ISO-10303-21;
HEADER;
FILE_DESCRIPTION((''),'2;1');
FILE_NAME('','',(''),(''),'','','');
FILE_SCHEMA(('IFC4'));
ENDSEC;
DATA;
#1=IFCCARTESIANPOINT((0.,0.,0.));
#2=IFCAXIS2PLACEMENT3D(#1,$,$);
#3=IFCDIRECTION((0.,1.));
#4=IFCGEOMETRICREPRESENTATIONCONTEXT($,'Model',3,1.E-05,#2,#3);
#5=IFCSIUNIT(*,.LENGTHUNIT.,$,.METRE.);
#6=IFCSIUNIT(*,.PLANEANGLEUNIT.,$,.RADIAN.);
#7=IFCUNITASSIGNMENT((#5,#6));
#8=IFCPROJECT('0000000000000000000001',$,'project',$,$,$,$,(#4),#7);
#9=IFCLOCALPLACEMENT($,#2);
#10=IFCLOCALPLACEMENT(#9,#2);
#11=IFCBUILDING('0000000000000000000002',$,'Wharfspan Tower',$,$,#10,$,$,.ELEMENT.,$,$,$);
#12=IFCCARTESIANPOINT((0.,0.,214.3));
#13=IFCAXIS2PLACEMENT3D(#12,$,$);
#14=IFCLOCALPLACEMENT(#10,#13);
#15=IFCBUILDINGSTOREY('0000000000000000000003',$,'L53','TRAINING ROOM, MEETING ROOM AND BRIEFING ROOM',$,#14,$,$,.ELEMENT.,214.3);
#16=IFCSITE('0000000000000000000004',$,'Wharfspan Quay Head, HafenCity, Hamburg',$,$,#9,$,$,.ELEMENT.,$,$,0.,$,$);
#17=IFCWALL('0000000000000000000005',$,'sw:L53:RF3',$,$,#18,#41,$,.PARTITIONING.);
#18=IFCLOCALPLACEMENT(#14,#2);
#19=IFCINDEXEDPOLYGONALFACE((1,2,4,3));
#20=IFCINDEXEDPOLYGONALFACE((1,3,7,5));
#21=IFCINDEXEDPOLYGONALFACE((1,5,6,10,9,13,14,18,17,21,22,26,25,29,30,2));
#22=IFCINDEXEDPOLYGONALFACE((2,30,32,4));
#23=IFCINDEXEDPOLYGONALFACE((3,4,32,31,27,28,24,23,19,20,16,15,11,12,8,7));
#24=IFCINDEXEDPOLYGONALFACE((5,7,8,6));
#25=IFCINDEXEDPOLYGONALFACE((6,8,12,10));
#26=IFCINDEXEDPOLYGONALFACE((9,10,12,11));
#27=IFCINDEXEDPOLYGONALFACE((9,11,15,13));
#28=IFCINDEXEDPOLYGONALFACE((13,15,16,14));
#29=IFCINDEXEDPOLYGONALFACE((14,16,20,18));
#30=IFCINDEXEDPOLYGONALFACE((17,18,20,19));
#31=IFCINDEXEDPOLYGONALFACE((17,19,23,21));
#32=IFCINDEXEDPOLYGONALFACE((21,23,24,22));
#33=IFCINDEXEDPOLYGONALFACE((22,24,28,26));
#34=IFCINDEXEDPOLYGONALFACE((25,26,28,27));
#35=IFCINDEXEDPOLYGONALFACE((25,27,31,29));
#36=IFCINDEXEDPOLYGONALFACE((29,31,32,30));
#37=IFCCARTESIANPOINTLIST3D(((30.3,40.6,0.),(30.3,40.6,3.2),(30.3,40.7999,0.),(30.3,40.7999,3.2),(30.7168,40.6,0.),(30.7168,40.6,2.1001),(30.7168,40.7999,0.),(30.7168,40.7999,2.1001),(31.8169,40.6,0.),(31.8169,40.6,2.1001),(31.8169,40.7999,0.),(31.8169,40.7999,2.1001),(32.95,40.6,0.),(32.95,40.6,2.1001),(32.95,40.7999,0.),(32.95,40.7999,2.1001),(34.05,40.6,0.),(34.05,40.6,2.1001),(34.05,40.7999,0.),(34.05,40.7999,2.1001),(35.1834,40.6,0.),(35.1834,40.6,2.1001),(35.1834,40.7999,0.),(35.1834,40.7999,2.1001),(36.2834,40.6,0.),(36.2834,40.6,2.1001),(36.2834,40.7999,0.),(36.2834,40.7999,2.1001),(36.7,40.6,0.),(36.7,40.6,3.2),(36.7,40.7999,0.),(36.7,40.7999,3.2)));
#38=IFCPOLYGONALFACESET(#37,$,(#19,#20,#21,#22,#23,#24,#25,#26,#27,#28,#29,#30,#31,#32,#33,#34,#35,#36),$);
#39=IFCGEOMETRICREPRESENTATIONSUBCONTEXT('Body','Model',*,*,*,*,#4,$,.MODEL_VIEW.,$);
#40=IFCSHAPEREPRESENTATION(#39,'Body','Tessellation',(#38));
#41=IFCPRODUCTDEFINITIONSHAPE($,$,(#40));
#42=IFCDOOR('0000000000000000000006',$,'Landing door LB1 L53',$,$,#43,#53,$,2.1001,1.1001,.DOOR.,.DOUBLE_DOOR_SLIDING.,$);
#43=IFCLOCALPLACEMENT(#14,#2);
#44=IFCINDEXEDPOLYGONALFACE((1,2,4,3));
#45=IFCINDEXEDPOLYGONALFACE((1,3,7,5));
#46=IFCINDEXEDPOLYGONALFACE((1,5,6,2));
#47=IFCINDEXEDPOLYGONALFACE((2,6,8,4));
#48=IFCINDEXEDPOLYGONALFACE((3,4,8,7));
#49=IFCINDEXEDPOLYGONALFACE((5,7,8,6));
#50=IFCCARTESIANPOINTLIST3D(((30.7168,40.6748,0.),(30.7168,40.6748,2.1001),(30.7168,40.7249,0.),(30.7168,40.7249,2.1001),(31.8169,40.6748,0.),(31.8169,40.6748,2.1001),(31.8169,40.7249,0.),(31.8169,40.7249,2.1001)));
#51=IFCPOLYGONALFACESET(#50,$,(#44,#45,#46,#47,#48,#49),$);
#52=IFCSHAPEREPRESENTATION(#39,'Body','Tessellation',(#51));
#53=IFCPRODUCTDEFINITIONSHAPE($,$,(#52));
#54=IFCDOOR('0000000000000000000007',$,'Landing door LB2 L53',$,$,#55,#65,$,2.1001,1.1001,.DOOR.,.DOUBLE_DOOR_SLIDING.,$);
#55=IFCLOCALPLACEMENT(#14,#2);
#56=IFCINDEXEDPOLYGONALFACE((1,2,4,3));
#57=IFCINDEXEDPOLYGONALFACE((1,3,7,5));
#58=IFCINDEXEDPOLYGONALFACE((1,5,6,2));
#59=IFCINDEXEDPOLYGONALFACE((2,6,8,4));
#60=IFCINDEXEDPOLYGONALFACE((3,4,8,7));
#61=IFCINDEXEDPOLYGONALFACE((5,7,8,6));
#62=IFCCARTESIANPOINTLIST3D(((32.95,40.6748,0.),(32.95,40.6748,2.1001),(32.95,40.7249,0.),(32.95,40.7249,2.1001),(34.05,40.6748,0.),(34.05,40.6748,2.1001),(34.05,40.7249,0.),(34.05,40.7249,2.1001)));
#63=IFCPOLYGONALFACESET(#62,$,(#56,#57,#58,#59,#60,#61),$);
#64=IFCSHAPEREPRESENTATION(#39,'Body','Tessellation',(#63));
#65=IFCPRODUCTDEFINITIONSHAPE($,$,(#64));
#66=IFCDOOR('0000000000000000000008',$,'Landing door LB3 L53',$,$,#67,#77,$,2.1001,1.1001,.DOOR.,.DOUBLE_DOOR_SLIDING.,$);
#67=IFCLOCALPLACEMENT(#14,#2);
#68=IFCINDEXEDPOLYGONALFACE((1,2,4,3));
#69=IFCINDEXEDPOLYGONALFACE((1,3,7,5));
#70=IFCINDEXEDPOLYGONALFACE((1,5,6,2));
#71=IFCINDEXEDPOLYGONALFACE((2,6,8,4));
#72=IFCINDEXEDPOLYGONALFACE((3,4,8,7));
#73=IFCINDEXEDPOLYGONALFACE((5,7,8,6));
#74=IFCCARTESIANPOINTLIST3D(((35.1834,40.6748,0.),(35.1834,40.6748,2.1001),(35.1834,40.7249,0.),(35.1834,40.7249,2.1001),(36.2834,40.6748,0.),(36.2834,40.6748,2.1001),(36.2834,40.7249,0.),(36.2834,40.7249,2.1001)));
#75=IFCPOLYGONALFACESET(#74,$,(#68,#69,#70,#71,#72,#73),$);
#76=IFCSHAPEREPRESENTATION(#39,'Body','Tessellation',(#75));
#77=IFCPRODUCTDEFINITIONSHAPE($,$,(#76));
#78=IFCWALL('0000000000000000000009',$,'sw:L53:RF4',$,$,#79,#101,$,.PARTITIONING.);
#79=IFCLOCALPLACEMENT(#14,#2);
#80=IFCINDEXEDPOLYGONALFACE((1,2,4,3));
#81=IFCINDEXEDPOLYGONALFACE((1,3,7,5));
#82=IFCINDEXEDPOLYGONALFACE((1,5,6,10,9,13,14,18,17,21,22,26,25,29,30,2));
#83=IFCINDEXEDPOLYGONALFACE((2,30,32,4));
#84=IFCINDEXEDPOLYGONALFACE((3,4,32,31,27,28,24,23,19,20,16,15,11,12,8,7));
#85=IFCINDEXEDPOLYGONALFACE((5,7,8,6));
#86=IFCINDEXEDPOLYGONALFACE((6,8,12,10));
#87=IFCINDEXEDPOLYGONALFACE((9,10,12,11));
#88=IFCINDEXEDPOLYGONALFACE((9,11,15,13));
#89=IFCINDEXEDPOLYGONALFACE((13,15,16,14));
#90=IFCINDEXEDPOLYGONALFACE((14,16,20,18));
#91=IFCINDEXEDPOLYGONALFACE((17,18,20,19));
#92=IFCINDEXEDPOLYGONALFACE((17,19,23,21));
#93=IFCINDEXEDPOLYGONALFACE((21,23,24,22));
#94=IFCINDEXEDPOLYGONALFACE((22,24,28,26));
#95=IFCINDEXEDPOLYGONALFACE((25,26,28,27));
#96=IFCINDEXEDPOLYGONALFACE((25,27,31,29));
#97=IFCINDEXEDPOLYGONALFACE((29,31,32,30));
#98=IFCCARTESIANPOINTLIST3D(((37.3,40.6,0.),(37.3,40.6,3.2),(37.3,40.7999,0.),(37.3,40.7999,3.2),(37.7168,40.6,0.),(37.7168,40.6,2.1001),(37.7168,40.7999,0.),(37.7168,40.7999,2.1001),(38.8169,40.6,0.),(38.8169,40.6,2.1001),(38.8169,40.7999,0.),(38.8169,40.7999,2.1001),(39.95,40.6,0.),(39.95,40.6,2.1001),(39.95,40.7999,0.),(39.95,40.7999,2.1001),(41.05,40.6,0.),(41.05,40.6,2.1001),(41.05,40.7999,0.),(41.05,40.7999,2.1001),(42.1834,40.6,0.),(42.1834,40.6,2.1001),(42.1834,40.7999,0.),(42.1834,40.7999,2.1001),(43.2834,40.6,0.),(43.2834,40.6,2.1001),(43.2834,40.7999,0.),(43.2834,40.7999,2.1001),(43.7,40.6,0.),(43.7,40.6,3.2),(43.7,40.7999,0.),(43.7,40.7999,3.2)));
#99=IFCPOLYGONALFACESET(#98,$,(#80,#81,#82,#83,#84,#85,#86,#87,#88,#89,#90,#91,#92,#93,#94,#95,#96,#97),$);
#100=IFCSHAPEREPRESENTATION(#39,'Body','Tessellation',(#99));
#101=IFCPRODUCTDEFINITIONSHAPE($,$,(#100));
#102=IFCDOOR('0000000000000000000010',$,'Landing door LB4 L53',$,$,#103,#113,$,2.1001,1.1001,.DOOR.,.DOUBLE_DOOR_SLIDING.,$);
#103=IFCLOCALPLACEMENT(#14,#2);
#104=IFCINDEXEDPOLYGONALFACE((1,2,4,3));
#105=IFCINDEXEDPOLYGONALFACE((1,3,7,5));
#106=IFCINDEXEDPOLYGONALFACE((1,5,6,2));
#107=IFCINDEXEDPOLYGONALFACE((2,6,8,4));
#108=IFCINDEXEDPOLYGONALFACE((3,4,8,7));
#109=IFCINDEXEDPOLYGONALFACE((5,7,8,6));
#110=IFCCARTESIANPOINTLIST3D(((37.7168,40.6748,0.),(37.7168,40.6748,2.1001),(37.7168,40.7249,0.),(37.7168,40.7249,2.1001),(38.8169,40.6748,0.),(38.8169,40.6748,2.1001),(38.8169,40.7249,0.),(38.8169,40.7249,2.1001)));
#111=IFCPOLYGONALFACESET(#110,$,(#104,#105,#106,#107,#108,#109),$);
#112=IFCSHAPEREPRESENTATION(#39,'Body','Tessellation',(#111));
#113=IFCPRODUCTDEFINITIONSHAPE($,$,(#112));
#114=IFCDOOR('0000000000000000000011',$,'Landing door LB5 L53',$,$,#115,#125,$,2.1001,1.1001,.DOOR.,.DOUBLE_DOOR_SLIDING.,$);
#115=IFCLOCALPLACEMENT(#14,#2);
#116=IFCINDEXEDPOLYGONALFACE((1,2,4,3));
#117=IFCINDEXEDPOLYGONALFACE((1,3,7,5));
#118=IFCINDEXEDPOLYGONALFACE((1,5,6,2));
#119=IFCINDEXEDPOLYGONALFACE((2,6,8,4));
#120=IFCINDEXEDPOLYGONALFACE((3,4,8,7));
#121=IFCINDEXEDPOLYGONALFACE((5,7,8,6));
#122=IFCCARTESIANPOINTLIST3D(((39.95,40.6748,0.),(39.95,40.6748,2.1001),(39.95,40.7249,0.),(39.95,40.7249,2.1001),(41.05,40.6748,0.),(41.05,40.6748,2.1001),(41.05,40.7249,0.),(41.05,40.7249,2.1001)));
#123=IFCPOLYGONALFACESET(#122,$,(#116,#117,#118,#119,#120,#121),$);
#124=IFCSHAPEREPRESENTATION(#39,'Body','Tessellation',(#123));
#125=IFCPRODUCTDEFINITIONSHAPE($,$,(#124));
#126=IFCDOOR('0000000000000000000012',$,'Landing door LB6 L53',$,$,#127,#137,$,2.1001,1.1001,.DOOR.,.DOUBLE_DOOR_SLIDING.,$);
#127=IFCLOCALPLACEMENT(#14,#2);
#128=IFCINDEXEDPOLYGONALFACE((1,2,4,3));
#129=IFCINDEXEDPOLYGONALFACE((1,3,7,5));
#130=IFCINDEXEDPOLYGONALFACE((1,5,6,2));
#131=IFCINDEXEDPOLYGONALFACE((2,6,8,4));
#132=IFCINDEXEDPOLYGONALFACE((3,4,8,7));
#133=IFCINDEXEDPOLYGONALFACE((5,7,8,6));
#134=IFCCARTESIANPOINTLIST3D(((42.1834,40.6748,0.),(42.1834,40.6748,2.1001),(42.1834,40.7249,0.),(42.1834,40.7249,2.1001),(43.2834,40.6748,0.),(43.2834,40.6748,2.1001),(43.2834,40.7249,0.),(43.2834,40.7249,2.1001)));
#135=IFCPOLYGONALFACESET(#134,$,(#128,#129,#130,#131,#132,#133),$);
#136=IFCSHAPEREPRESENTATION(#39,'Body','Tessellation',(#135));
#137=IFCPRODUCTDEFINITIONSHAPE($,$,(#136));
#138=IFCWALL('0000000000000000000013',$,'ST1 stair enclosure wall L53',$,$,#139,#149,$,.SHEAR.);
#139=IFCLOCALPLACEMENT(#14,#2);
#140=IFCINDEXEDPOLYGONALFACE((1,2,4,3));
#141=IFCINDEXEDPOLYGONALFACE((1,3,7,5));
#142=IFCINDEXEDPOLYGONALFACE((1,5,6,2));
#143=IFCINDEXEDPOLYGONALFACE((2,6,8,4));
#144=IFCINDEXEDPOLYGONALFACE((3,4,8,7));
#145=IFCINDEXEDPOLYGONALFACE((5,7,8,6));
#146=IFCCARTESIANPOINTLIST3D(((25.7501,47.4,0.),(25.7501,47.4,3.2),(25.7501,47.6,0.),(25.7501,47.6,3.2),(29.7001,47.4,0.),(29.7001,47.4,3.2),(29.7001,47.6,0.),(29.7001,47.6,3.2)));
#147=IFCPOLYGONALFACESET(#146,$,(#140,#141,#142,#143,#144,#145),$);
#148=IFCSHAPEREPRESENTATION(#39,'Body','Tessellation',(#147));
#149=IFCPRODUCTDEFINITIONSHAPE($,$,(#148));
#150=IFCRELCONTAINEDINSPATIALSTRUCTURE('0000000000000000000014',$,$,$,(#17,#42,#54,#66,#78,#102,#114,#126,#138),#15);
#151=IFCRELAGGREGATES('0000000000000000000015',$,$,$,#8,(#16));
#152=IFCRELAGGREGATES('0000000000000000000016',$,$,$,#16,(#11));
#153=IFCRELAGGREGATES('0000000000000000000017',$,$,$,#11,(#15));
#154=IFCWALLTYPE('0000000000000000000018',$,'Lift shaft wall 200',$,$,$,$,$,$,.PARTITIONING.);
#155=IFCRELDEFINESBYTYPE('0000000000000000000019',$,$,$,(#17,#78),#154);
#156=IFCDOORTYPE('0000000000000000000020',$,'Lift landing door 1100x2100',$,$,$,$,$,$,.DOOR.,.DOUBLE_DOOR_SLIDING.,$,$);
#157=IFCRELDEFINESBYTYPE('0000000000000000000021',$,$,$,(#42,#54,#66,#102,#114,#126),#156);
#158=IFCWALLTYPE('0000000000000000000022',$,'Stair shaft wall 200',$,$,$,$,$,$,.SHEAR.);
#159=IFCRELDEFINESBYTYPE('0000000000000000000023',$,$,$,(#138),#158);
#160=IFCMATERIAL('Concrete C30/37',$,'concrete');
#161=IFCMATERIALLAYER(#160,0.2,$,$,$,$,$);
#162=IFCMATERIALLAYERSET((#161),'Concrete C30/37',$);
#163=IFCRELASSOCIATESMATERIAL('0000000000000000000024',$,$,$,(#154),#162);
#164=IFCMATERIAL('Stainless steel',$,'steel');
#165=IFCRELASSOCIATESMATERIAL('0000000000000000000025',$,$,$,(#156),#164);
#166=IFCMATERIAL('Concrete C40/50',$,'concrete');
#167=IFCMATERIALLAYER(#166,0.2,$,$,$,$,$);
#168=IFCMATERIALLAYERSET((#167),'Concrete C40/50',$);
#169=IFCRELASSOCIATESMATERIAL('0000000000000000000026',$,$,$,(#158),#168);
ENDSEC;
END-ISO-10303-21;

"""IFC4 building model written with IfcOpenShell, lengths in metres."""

from ifc_helpers import new_model, si_unit, direction, frame, frame_2d, origin, place, context, subcontext, project, spatial, rectangle, extrude, material, layer, layer_set, type_object, element, fill, save


model = new_model("IFC4")

# Units and contexts
model_context = context("Model", 3, precision=1e-05, world=origin(), true_north=direction((0.0, 1.0)))
body_context = subcontext(model_context, "Body", "Model", "MODEL_VIEW")
ifc_project = project(units=[si_unit("LENGTHUNIT", "METRE"), si_unit("PLANEANGLEUNIT", "RADIAN")], contexts=[model_context])

# Site, building, storey
site_placement = place(None, origin())
site = spatial("IfcSite", under=ifc_project, at=site_placement, Name="Wharfspan Quay Head, HafenCity, Hamburg", CompositionType="ELEMENT", RefElevation=0.0)
building_placement = place(site_placement, origin())
building = spatial("IfcBuilding", under=site, at=building_placement, Name="Wharfspan Tower", CompositionType="ELEMENT")
storey_placement = place(building_placement, frame((0.0, 0.0, 214.3)))
storey = spatial("IfcBuildingStorey", under=building, at=storey_placement, Name="L53", Description="TRAINING ROOM, MEETING ROOM AND BRIEFING ROOM", CompositionType="ELEMENT", Elevation=214.3)

# Walls, openings, doors
ifc_material_1 = material(Name="Concrete C30/37", Category="concrete")
ifc_layer_1 = layer(ifc_material_1, 0.2)
ifc_layer_set_1 = layer_set([ifc_layer_1], Name="Concrete C30/37")
wall_type_1 = type_object("IfcWallType", Name="Lift shaft wall 200", PredefinedType="PARTITIONING", material=ifc_layer_set_1)
wall_1_placement = place(storey_placement, frame((30.3, 40.7, 0.0), z_axis=(0.0, 0.0, 1.0), x_axis=(1.0, 0.0, 0.0)))
wall_1 = element("IfcWall", 1, at=wall_1_placement, inside=storey, type_object=wall_type_1, Name="sw:L53:RF3", PredefinedType="PARTITIONING", context=body_context, shape_type="SweptSolid", body=[
    extrude(rectangle(XDim=6.3999, YDim=0.2, at=frame_2d((3.2, 0.0))), origin(), (0.0, 0.0, 1.0), 3.2),
])
opening_1_placement = place(wall_1_placement, frame((0.4167, 0.0, 0.0)))
opening_1 = element("IfcOpeningElement", 2, at=opening_1_placement, cuts=wall_1, PredefinedType="OPENING", context=body_context, shape_type="SweptSolid", body=[
    extrude(rectangle(XDim=1.1001, YDim=2.1001, at=frame_2d((0.55, 1.05))), frame((0.0, 0.1099, 0.0), z_axis=(0.0, -1.0, 0.0), x_axis=(1.0, 0.0, 0.0)), (0.0, 0.0, 1.0), 0.22),
])
opening_2_placement = place(wall_1_placement, frame((2.6499, 0.0, 0.0)))
opening_2 = element("IfcOpeningElement", 3, at=opening_2_placement, cuts=wall_1, PredefinedType="OPENING", context=body_context, shape_type="SweptSolid", body=[
    extrude(rectangle(XDim=1.1001, YDim=2.1001, at=frame_2d((0.55, 1.05))), frame((0.0, 0.1099, 0.0), z_axis=(0.0, -1.0, 0.0), x_axis=(1.0, 0.0, 0.0)), (0.0, 0.0, 1.0), 0.22),
])
opening_3_placement = place(wall_1_placement, frame((4.8833, 0.0, 0.0)))
opening_3 = element("IfcOpeningElement", 4, at=opening_3_placement, cuts=wall_1, PredefinedType="OPENING", context=body_context, shape_type="SweptSolid", body=[
    extrude(rectangle(XDim=1.1001, YDim=2.1001, at=frame_2d((0.55, 1.05))), frame((0.0, 0.1099, 0.0), z_axis=(0.0, -1.0, 0.0), x_axis=(1.0, 0.0, 0.0)), (0.0, 0.0, 1.0), 0.22),
])
ifc_material_2 = material(Name="Stainless steel", Category="steel")
door_type_1 = type_object("IfcDoorType", Name="Lift landing door 1100x2100", OperationType="DOUBLE_DOOR_SLIDING", PredefinedType="DOOR", material=ifc_material_2)
door_1_placement = place(opening_1_placement, origin())
door_1 = element("IfcDoor", 5, at=door_1_placement, inside=storey, type_object=door_type_1, Name="Landing door LB1 L53", OperationType="DOUBLE_DOOR_SLIDING", OverallHeight=2.1001, OverallWidth=1.1001, PredefinedType="DOOR", context=body_context, shape_type="SweptSolid", body=[
    extrude(rectangle(XDim=1.1001, YDim=2.1001, at=frame_2d((0.55, 1.05))), frame((0.0, 0.0249, 0.0), z_axis=(0.0, -1.0, 0.0), x_axis=(1.0, 0.0, 0.0)), (0.0, 0.0, 1.0), 0.05),
])
fill(opening_1, door_1)
door_2_placement = place(opening_2_placement, origin())
door_2 = element("IfcDoor", 6, at=door_2_placement, inside=storey, type_object=door_type_1, Name="Landing door LB2 L53", OperationType="DOUBLE_DOOR_SLIDING", OverallHeight=2.1001, OverallWidth=1.1001, PredefinedType="DOOR", context=body_context, shape_type="SweptSolid", body=[
    extrude(rectangle(XDim=1.1001, YDim=2.1001, at=frame_2d((0.55, 1.05))), frame((0.0, 0.0249, 0.0), z_axis=(0.0, -1.0, 0.0), x_axis=(1.0, 0.0, 0.0)), (0.0, 0.0, 1.0), 0.05),
])
fill(opening_2, door_2)
door_3_placement = place(opening_3_placement, origin())
door_3 = element("IfcDoor", 7, at=door_3_placement, inside=storey, type_object=door_type_1, Name="Landing door LB3 L53", OperationType="DOUBLE_DOOR_SLIDING", OverallHeight=2.1001, OverallWidth=1.1001, PredefinedType="DOOR", context=body_context, shape_type="SweptSolid", body=[
    extrude(rectangle(XDim=1.1001, YDim=2.1001, at=frame_2d((0.55, 1.05))), frame((0.0, 0.0249, 0.0), z_axis=(0.0, -1.0, 0.0), x_axis=(1.0, 0.0, 0.0)), (0.0, 0.0, 1.0), 0.05),
])
fill(opening_3, door_3)
wall_2_placement = place(storey_placement, frame((37.3, 40.7, 0.0), z_axis=(0.0, 0.0, 1.0), x_axis=(1.0, 0.0, 0.0)))
wall_2 = element("IfcWall", 8, at=wall_2_placement, inside=storey, type_object=wall_type_1, Name="sw:L53:RF4", PredefinedType="PARTITIONING", context=body_context, shape_type="SweptSolid", body=[
    extrude(rectangle(XDim=6.3999, YDim=0.2, at=frame_2d((3.2, 0.0))), origin(), (0.0, 0.0, 1.0), 3.2),
])
opening_4_placement = place(wall_2_placement, frame((0.4167, 0.0, 0.0)))
opening_4 = element("IfcOpeningElement", 9, at=opening_4_placement, cuts=wall_2, PredefinedType="OPENING", context=body_context, shape_type="SweptSolid", body=[
    extrude(rectangle(XDim=1.1001, YDim=2.1001, at=frame_2d((0.55, 1.05))), frame((0.0, 0.1099, 0.0), z_axis=(0.0, -1.0, 0.0), x_axis=(1.0, 0.0, 0.0)), (0.0, 0.0, 1.0), 0.22),
])
opening_5_placement = place(wall_2_placement, frame((2.6499, 0.0, 0.0)))
opening_5 = element("IfcOpeningElement", 10, at=opening_5_placement, cuts=wall_2, PredefinedType="OPENING", context=body_context, shape_type="SweptSolid", body=[
    extrude(rectangle(XDim=1.1001, YDim=2.1001, at=frame_2d((0.55, 1.05))), frame((0.0, 0.1099, 0.0), z_axis=(0.0, -1.0, 0.0), x_axis=(1.0, 0.0, 0.0)), (0.0, 0.0, 1.0), 0.22),
])
opening_6_placement = place(wall_2_placement, frame((4.8833, 0.0, 0.0)))
opening_6 = element("IfcOpeningElement", 11, at=opening_6_placement, cuts=wall_2, PredefinedType="OPENING", context=body_context, shape_type="SweptSolid", body=[
    extrude(rectangle(XDim=1.1001, YDim=2.1001, at=frame_2d((0.55, 1.05))), frame((0.0, 0.1099, 0.0), z_axis=(0.0, -1.0, 0.0), x_axis=(1.0, 0.0, 0.0)), (0.0, 0.0, 1.0), 0.22),
])
door_4_placement = place(opening_4_placement, origin())
door_4 = element("IfcDoor", 12, at=door_4_placement, inside=storey, type_object=door_type_1, Name="Landing door LB4 L53", OperationType="DOUBLE_DOOR_SLIDING", OverallHeight=2.1001, OverallWidth=1.1001, PredefinedType="DOOR", context=body_context, shape_type="SweptSolid", body=[
    extrude(rectangle(XDim=1.1001, YDim=2.1001, at=frame_2d((0.55, 1.05))), frame((0.0, 0.0249, 0.0), z_axis=(0.0, -1.0, 0.0), x_axis=(1.0, 0.0, 0.0)), (0.0, 0.0, 1.0), 0.05),
])
fill(opening_4, door_4)
door_5_placement = place(opening_5_placement, origin())
door_5 = element("IfcDoor", 13, at=door_5_placement, inside=storey, type_object=door_type_1, Name="Landing door LB5 L53", OperationType="DOUBLE_DOOR_SLIDING", OverallHeight=2.1001, OverallWidth=1.1001, PredefinedType="DOOR", context=body_context, shape_type="SweptSolid", body=[
    extrude(rectangle(XDim=1.1001, YDim=2.1001, at=frame_2d((0.55, 1.05))), frame((0.0, 0.0249, 0.0), z_axis=(0.0, -1.0, 0.0), x_axis=(1.0, 0.0, 0.0)), (0.0, 0.0, 1.0), 0.05),
])
fill(opening_5, door_5)
door_6_placement = place(opening_6_placement, origin())
door_6 = element("IfcDoor", 14, at=door_6_placement, inside=storey, type_object=door_type_1, Name="Landing door LB6 L53", OperationType="DOUBLE_DOOR_SLIDING", OverallHeight=2.1001, OverallWidth=1.1001, PredefinedType="DOOR", context=body_context, shape_type="SweptSolid", body=[
    extrude(rectangle(XDim=1.1001, YDim=2.1001, at=frame_2d((0.55, 1.05))), frame((0.0, 0.0249, 0.0), z_axis=(0.0, -1.0, 0.0), x_axis=(1.0, 0.0, 0.0)), (0.0, 0.0, 1.0), 0.05),
])
fill(opening_6, door_6)

# Wall
ifc_material_3 = material(Name="Concrete C40/50", Category="concrete")
ifc_layer_2 = layer(ifc_material_3, 0.2)
ifc_layer_set_2 = layer_set([ifc_layer_2], Name="Concrete C40/50")
wall_type_2 = type_object("IfcWallType", Name="Stair shaft wall 200", PredefinedType="SHEAR", material=ifc_layer_set_2)
wall_3_placement = place(storey_placement, frame((25.75, 47.5, 0.0), z_axis=(0.0, 0.0, 1.0), x_axis=(1.0, 0.0, 0.0)))
element("IfcWall", 15, at=wall_3_placement, inside=storey, type_object=wall_type_2, Name="ST1 stair enclosure wall L53", PredefinedType="SHEAR", context=body_context, shape_type="SweptSolid", body=[
    extrude(rectangle(XDim=3.95, YDim=0.2, at=frame_2d((1.9751, 0.0))), origin(), (0.0, 0.0, 1.0), 3.2),
])

save(model, "model.ifc")
